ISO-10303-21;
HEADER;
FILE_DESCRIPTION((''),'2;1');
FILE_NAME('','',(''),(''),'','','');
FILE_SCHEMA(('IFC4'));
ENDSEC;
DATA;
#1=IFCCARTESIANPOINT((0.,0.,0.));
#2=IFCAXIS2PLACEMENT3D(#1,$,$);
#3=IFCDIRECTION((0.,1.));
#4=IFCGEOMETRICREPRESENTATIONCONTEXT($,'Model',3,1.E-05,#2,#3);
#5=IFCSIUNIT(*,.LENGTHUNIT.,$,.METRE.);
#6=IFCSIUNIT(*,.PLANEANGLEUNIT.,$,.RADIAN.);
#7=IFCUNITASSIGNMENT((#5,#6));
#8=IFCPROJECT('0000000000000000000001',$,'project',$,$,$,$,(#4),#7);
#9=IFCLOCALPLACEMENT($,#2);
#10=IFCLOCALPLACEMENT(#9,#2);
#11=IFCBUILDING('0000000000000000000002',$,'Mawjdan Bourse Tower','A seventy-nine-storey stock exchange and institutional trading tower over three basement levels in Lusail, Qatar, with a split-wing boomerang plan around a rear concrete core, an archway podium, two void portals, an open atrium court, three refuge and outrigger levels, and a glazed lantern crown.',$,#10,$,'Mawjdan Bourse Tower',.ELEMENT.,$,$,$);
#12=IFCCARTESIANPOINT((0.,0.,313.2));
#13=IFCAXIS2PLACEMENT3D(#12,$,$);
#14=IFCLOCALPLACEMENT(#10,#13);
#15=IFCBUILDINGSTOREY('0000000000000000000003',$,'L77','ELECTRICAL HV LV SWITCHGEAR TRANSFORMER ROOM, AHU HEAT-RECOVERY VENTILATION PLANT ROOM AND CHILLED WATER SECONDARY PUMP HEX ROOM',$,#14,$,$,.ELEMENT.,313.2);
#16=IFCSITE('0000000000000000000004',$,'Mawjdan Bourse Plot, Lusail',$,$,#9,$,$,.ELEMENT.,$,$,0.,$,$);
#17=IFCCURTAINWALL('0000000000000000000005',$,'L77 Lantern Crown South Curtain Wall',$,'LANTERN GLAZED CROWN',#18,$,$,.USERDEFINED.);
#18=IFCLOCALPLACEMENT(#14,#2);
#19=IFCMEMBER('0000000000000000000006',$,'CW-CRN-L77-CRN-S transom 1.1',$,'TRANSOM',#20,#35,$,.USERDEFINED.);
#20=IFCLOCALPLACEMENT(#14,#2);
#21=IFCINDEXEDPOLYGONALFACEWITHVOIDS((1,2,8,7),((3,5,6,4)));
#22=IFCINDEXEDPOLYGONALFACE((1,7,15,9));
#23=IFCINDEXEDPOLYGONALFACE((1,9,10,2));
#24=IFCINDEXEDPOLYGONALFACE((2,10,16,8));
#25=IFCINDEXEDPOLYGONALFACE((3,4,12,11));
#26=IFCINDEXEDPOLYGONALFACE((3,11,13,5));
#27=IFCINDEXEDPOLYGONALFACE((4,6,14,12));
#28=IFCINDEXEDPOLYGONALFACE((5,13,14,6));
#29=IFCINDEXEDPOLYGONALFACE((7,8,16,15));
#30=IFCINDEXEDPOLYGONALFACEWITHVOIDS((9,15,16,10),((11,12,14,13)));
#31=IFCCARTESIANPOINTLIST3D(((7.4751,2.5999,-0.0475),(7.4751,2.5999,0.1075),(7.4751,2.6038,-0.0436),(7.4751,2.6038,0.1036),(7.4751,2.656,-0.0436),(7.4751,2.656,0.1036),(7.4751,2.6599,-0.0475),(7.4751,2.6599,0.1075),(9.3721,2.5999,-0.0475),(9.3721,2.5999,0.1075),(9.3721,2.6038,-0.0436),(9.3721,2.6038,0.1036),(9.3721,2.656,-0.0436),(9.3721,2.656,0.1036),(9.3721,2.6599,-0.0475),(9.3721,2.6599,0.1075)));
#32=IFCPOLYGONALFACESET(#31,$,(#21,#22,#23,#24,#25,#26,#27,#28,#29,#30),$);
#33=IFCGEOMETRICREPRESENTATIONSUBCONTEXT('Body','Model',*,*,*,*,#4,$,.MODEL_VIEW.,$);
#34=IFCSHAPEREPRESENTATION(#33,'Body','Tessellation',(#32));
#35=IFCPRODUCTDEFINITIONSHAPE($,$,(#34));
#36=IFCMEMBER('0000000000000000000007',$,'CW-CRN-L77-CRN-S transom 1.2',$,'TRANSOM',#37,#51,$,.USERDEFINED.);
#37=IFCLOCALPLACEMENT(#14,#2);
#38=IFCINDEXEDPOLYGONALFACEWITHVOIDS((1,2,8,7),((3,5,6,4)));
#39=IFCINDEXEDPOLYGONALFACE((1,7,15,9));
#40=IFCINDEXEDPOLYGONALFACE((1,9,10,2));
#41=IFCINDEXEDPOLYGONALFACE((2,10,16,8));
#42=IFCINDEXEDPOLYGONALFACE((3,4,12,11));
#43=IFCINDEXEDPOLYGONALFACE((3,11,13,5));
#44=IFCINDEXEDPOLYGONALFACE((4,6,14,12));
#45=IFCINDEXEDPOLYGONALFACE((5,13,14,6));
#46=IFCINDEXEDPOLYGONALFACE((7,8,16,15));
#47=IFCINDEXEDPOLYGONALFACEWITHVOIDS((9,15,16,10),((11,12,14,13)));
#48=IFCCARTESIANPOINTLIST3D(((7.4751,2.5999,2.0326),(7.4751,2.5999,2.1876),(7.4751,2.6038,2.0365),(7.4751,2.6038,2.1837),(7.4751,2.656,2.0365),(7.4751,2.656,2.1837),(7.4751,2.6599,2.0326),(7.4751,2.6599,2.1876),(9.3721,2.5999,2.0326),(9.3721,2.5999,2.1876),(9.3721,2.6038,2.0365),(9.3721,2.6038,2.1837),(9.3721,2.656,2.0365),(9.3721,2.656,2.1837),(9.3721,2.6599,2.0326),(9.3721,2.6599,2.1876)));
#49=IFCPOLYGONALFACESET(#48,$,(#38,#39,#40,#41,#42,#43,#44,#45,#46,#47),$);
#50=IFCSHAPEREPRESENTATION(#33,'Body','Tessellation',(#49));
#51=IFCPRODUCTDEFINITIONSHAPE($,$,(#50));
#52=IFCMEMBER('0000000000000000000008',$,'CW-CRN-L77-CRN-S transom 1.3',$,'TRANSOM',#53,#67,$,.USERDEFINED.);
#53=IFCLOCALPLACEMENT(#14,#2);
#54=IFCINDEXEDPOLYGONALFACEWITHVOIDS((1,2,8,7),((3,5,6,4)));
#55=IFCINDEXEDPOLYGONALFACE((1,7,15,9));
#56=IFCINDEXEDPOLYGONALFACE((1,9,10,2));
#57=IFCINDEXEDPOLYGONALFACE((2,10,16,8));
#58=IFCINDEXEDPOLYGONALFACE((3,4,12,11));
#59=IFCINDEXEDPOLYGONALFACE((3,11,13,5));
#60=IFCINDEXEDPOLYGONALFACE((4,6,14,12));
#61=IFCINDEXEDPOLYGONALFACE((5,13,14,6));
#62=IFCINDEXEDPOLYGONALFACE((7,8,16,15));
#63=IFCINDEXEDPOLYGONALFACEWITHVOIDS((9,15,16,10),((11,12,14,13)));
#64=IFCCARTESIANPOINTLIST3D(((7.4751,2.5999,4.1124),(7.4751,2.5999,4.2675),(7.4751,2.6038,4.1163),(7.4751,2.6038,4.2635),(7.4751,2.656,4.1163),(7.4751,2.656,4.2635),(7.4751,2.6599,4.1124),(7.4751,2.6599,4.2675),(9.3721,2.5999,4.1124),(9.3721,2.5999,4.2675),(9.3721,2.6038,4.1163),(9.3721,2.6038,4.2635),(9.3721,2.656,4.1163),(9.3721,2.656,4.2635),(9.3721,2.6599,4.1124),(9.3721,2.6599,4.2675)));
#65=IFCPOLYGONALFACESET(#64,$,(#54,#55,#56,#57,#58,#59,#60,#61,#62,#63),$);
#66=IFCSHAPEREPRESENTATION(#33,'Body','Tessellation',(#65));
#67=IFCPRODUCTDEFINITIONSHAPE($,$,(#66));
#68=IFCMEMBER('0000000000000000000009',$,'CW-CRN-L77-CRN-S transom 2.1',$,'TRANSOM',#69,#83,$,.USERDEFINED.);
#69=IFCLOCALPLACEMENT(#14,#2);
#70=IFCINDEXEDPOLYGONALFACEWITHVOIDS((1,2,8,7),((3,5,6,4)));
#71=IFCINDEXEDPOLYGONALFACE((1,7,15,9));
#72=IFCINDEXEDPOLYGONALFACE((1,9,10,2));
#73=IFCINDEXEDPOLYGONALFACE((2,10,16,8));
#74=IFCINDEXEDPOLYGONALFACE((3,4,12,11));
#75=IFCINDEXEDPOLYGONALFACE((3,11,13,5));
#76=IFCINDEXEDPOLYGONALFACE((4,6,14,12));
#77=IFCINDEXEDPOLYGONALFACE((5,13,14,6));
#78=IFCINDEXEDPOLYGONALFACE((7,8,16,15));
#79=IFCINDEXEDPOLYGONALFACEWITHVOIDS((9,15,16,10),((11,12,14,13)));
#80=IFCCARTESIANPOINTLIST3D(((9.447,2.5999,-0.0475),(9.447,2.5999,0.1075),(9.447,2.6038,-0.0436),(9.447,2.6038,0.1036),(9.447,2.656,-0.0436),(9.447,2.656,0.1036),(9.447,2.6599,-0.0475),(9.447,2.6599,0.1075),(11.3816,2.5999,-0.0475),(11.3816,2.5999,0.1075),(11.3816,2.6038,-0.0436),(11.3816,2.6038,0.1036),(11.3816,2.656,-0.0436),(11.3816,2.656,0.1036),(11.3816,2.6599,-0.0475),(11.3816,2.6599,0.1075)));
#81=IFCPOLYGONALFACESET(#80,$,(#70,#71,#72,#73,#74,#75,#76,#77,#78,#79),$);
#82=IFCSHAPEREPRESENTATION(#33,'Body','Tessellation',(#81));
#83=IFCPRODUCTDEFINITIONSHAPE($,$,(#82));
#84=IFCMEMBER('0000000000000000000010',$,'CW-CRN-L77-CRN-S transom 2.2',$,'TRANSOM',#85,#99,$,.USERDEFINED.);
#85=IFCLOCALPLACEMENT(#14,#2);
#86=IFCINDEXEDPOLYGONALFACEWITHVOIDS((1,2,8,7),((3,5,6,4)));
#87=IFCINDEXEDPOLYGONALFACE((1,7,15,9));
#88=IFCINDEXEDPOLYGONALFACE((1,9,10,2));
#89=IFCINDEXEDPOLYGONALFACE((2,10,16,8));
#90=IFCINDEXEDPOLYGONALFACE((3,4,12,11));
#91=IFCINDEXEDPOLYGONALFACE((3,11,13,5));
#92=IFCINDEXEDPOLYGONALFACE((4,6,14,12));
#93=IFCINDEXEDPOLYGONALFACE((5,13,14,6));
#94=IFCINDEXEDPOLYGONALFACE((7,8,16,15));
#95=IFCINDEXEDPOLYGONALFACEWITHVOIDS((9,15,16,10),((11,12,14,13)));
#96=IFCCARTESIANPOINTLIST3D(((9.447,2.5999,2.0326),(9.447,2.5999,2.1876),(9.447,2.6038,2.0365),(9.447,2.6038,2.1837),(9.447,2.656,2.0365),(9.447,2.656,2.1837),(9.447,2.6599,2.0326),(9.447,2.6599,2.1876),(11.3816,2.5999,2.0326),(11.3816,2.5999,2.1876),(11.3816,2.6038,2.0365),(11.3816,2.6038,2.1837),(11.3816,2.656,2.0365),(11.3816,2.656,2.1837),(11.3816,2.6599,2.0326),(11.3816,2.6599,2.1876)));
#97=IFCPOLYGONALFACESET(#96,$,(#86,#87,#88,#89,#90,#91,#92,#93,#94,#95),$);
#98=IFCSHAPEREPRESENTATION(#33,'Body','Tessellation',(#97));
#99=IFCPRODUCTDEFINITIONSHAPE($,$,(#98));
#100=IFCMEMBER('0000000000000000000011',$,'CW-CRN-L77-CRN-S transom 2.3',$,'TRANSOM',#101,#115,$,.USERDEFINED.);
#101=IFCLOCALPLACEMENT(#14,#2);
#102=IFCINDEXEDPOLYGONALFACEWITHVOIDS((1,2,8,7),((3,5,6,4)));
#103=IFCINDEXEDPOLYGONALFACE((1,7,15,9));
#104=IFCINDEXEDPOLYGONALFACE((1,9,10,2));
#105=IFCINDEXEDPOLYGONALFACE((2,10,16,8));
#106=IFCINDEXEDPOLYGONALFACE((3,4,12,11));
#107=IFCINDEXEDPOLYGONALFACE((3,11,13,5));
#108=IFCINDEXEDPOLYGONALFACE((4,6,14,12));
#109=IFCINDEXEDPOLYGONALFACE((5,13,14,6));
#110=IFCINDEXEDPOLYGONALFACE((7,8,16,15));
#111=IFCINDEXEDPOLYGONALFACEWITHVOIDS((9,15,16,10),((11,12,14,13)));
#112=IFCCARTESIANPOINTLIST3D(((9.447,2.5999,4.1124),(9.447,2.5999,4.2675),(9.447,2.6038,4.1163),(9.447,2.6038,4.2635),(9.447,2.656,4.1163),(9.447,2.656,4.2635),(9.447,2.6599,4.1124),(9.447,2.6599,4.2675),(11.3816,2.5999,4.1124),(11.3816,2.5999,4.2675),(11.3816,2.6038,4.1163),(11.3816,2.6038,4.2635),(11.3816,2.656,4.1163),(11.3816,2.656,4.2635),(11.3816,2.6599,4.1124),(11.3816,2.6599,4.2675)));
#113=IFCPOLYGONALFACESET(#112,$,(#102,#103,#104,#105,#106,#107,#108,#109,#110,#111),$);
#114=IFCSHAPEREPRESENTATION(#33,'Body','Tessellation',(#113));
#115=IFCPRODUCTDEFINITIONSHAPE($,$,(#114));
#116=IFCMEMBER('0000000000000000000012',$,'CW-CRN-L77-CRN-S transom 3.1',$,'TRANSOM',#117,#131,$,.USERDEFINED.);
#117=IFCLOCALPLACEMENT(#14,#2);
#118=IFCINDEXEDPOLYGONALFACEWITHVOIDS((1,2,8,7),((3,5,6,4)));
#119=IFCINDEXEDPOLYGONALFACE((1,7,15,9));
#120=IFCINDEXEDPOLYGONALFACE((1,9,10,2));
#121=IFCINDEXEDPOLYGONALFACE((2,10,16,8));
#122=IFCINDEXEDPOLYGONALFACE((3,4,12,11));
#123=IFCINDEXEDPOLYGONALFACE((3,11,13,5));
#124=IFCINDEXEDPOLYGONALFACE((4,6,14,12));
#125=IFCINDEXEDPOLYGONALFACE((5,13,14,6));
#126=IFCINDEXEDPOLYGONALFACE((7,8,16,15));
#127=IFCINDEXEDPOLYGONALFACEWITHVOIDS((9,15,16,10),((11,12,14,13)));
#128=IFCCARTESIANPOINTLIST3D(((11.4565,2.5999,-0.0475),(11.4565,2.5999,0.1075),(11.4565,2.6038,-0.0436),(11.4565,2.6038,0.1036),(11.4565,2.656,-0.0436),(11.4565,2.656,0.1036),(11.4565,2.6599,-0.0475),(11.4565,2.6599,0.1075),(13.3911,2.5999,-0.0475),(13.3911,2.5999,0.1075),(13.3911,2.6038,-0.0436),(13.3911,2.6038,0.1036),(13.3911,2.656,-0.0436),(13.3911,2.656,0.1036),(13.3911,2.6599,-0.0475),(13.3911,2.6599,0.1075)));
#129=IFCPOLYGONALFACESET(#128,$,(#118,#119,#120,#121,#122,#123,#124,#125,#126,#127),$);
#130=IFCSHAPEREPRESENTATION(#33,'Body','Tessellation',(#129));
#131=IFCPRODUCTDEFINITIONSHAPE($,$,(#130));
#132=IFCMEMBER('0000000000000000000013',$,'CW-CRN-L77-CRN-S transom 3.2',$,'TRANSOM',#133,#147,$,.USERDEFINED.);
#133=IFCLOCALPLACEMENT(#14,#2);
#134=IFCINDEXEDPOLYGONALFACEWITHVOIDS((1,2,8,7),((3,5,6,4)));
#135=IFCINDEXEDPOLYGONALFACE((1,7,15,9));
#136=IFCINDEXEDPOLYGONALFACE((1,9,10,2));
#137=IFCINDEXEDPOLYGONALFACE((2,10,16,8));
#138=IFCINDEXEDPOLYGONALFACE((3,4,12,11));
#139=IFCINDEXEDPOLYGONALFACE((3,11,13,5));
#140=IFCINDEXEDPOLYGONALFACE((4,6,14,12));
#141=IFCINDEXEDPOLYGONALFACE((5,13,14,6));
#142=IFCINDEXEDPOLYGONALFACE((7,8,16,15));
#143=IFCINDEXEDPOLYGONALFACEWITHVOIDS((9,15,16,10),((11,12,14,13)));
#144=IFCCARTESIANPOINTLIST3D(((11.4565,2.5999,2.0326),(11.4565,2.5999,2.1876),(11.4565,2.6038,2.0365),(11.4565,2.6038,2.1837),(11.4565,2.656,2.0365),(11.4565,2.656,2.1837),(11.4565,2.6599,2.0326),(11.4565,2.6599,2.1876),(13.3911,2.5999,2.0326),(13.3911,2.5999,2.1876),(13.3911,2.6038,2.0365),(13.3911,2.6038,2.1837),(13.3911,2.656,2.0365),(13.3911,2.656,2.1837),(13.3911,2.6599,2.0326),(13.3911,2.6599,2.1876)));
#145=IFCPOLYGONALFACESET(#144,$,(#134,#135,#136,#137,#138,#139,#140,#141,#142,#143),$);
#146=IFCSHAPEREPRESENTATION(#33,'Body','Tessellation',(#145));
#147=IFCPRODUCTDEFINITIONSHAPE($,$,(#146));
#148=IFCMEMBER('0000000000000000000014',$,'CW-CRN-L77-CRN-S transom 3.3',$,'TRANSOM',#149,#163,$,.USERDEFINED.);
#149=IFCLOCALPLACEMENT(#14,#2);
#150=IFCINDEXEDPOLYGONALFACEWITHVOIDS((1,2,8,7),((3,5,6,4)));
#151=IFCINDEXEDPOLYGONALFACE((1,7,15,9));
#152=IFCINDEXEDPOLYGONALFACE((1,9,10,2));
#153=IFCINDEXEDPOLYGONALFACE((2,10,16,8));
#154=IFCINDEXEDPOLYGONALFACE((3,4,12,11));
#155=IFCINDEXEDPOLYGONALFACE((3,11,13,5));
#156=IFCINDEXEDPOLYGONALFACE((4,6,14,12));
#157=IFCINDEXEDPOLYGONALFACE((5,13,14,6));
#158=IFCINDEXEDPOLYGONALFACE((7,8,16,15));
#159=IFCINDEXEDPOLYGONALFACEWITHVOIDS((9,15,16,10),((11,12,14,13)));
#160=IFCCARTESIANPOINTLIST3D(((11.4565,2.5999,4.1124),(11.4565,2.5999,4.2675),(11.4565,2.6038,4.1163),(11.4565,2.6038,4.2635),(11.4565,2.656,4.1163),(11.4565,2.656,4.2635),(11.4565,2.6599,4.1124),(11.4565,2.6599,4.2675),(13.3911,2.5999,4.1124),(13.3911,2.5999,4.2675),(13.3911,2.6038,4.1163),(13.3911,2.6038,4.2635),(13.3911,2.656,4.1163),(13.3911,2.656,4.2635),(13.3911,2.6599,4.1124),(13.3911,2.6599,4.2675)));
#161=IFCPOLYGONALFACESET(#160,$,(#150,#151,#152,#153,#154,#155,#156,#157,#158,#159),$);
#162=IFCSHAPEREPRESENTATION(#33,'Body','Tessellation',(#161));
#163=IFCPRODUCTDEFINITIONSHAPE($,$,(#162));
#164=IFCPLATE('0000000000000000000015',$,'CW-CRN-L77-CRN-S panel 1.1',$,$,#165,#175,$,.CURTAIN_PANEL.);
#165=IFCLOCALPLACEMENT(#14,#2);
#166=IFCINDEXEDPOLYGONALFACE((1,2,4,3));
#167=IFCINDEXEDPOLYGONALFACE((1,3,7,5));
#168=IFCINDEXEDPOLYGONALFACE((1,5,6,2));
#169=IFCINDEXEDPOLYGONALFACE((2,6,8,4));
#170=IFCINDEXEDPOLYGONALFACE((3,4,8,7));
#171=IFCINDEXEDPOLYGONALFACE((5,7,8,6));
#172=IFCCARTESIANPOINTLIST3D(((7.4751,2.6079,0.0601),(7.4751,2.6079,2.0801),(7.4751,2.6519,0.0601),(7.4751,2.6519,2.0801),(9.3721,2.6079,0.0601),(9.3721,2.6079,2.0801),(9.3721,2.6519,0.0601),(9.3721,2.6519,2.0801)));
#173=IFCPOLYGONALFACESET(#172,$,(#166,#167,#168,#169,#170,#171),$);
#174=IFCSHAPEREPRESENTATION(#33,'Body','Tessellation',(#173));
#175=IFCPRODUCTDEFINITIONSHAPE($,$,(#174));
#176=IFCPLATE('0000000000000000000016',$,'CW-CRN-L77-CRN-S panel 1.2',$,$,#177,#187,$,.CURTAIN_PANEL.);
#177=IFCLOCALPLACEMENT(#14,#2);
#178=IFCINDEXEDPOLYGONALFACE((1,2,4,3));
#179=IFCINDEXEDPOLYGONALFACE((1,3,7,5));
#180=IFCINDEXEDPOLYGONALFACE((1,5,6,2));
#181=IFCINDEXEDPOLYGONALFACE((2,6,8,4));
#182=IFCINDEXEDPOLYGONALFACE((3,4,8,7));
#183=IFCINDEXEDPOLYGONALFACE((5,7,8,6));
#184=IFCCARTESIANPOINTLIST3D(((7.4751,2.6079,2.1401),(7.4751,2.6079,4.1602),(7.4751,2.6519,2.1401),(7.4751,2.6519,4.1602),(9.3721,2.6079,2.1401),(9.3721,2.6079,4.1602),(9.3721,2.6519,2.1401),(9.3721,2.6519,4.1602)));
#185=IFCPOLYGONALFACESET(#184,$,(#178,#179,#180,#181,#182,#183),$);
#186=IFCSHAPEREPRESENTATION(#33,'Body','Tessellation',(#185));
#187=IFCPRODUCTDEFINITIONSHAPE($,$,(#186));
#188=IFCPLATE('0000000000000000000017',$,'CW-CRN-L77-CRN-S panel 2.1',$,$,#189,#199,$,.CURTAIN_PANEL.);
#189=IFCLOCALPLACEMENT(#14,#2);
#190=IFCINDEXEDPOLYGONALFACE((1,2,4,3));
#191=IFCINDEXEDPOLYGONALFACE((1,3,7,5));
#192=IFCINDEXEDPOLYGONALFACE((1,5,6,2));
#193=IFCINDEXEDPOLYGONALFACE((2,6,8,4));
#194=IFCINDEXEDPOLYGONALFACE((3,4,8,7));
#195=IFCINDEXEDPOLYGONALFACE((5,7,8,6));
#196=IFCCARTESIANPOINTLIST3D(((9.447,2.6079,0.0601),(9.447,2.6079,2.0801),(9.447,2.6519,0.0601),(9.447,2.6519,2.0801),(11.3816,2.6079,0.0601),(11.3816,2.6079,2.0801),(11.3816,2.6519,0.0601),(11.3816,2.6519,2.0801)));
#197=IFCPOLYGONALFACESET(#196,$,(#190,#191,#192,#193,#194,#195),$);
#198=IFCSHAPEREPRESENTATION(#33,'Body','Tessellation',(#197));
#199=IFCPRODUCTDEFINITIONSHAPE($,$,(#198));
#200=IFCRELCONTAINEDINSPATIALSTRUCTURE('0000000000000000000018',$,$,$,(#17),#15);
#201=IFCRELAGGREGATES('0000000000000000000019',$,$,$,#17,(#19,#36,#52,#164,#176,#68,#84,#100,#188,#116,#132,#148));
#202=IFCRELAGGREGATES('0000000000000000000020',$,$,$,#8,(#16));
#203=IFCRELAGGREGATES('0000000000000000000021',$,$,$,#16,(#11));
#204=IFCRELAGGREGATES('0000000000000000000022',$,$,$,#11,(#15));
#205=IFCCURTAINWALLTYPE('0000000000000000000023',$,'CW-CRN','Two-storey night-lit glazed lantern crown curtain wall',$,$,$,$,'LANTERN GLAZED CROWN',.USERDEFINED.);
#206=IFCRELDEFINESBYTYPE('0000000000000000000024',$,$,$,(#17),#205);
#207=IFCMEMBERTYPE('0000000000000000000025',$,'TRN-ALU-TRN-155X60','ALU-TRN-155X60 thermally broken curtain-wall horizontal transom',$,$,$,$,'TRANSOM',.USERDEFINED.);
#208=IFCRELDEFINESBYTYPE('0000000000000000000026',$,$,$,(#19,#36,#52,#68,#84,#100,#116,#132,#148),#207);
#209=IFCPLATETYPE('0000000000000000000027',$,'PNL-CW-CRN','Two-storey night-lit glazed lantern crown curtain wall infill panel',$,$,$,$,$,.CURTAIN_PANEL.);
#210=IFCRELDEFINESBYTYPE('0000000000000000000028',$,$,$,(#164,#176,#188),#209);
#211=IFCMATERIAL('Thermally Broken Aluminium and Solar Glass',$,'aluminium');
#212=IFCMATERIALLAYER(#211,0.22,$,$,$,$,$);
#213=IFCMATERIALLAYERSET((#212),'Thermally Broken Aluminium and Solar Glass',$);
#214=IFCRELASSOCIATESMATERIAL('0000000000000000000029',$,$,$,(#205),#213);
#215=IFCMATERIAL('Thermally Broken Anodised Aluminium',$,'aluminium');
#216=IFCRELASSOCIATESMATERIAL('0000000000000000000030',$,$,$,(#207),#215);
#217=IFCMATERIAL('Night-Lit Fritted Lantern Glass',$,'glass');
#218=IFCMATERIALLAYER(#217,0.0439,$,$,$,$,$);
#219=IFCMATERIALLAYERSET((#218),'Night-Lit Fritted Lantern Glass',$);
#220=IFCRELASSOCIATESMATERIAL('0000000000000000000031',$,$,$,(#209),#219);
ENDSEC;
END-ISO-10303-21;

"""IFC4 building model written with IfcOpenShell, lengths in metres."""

from ifc_helpers import new_model, si_unit, direction, frame, origin, origin_2d, place, context, subcontext, project, spatial, rectangle, hollow_rectangle, extrude, material, layer, layer_set, material_profile, profile_set, type_object, element, aggregate, save


model = new_model("IFC4")

# Units and contexts
model_context = context("Model", 3, precision=1e-05, world=origin(), true_north=direction((0.0, 1.0)))
body_context = subcontext(model_context, "Body", "Model", "MODEL_VIEW")
ifc_project = project(units=[si_unit("LENGTHUNIT", "METRE"), si_unit("PLANEANGLEUNIT", "RADIAN")], contexts=[model_context])

# Site, building, storey
site_placement = place(None, origin())
site = spatial("IfcSite", under=ifc_project, at=site_placement, Name="Mawjdan Bourse Plot, Lusail", CompositionType="ELEMENT", RefElevation=0.0)
building_placement = place(site_placement, origin())
building = spatial("IfcBuilding", under=site, at=building_placement, Name="Mawjdan Bourse Tower", Description="A seventy-nine-storey stock exchange and institutional trading tower over three basement levels in Lusail, Qatar, with a split-wing boomerang plan around a rear concrete core, an archway podium, two void portals, an open atrium court, three refuge and outrigger levels, and a glazed lantern crown.", LongName="Mawjdan Bourse Tower", CompositionType="ELEMENT")
storey_placement = place(building_placement, frame((0.0, 0.0, 313.2)))
storey = spatial("IfcBuildingStorey", under=building, at=storey_placement, Name="L77", Description="ELECTRICAL HV LV SWITCHGEAR TRANSFORMER ROOM, AHU HEAT-RECOVERY VENTILATION PLANT ROOM AND CHILLED WATER SECONDARY PUMP HEX ROOM", CompositionType="ELEMENT", Elevation=313.2)

# Curtain wall, members, plates
ifc_material_1 = material(Name="Thermally Broken Aluminium and Solar Glass", Category="aluminium")
ifc_layer_1 = layer(ifc_material_1, 0.22)
ifc_layer_set_1 = layer_set([ifc_layer_1], Name="Thermally Broken Aluminium and Solar Glass")
curtain_wall_type = type_object("IfcCurtainWallType", Name="CW-CRN", Description="Two-storey night-lit glazed lantern crown curtain wall", ElementType="LANTERN GLAZED CROWN", PredefinedType="USERDEFINED", material=ifc_layer_set_1)
curtain_wall_placement = place(storey_placement, origin())
curtain_wall = element("IfcCurtainWall", 1, at=curtain_wall_placement, inside=storey, type_object=curtain_wall_type, Name="L77 Lantern Crown South Curtain Wall", ObjectType="LANTERN GLAZED CROWN", PredefinedType="USERDEFINED")
ifc_material_2 = material(Name="Thermally Broken Anodised Aluminium", Category="aluminium")
ifc_material_profile_1 = material_profile(ifc_material_2, hollow_rectangle(XDim=0.0601, YDim=0.155, WallThickness=0.0039, at=origin_2d()), Name="ALU-TRN-155X60")
ifc_profile_set_1 = profile_set([ifc_material_profile_1], Name="Thermally Broken Anodised Aluminium")
member_type_1 = type_object("IfcMemberType", Name="TRN-ALU-TRN-155X60", Description="ALU-TRN-155X60 thermally broken curtain-wall horizontal transom", ElementType="TRANSOM", PredefinedType="USERDEFINED", material=ifc_profile_set_1)
member_1_placement = place(storey_placement, frame((7.4751, 2.6299, 0.03), z_axis=(1.0, 0.0, 0.0), x_axis=(0.0, 1.0, 0.0)))
member_1 = element("IfcMember", 2, at=member_1_placement, type_object=member_type_1, Name="CW-CRN-L77-CRN-S transom 1.1", ObjectType="TRANSOM", PredefinedType="USERDEFINED", context=body_context, shape_type="SweptSolid", body=[
    extrude(hollow_rectangle(XDim=0.0601, YDim=0.155, WallThickness=0.0039, at=origin_2d()), origin(), (0.0, 0.0, 1.0), 1.897),
])
member_2_placement = place(storey_placement, frame((7.4751, 2.6299, 2.1101), z_axis=(1.0, 0.0, 0.0), x_axis=(0.0, 1.0, 0.0)))
member_2 = element("IfcMember", 3, at=member_2_placement, type_object=member_type_1, Name="CW-CRN-L77-CRN-S transom 1.2", ObjectType="TRANSOM", PredefinedType="USERDEFINED", context=body_context, shape_type="SweptSolid", body=[
    extrude(hollow_rectangle(XDim=0.0601, YDim=0.155, WallThickness=0.0039, at=origin_2d()), origin(), (0.0, 0.0, 1.0), 1.897),
])
member_3_placement = place(storey_placement, frame((7.4751, 2.6299, 4.1899), z_axis=(1.0, 0.0, 0.0), x_axis=(0.0, 1.0, 0.0)))
member_3 = element("IfcMember", 4, at=member_3_placement, type_object=member_type_1, Name="CW-CRN-L77-CRN-S transom 1.3", ObjectType="TRANSOM", PredefinedType="USERDEFINED", context=body_context, shape_type="SweptSolid", body=[
    extrude(hollow_rectangle(XDim=0.0601, YDim=0.155, WallThickness=0.0039, at=origin_2d()), origin(), (0.0, 0.0, 1.0), 1.897),
])
member_4_placement = place(storey_placement, frame((9.447, 2.6299, 0.03), z_axis=(1.0, 0.0, 0.0), x_axis=(0.0, 1.0, 0.0)))
member_4 = element("IfcMember", 5, at=member_4_placement, type_object=member_type_1, Name="CW-CRN-L77-CRN-S transom 2.1", ObjectType="TRANSOM", PredefinedType="USERDEFINED", context=body_context, shape_type="SweptSolid", body=[
    extrude(hollow_rectangle(XDim=0.0601, YDim=0.155, WallThickness=0.0039, at=origin_2d()), origin(), (0.0, 0.0, 1.0), 1.9346),
])
member_5_placement = place(storey_placement, frame((9.447, 2.6299, 2.1101), z_axis=(1.0, 0.0, 0.0), x_axis=(0.0, 1.0, 0.0)))
member_5 = element("IfcMember", 6, at=member_5_placement, type_object=member_type_1, Name="CW-CRN-L77-CRN-S transom 2.2", ObjectType="TRANSOM", PredefinedType="USERDEFINED", context=body_context, shape_type="SweptSolid", body=[
    extrude(hollow_rectangle(XDim=0.0601, YDim=0.155, WallThickness=0.0039, at=origin_2d()), origin(), (0.0, 0.0, 1.0), 1.9346),
])
member_6_placement = place(storey_placement, frame((9.447, 2.6299, 4.1899), z_axis=(1.0, 0.0, 0.0), x_axis=(0.0, 1.0, 0.0)))
member_6 = element("IfcMember", 7, at=member_6_placement, type_object=member_type_1, Name="CW-CRN-L77-CRN-S transom 2.3", ObjectType="TRANSOM", PredefinedType="USERDEFINED", context=body_context, shape_type="SweptSolid", body=[
    extrude(hollow_rectangle(XDim=0.0601, YDim=0.155, WallThickness=0.0039, at=origin_2d()), origin(), (0.0, 0.0, 1.0), 1.9346),
])
member_7_placement = place(storey_placement, frame((11.4565, 2.6299, 0.03), z_axis=(1.0, 0.0, 0.0), x_axis=(0.0, 1.0, 0.0)))
member_7 = element("IfcMember", 8, at=member_7_placement, type_object=member_type_1, Name="CW-CRN-L77-CRN-S transom 3.1", ObjectType="TRANSOM", PredefinedType="USERDEFINED", context=body_context, shape_type="SweptSolid", body=[
    extrude(hollow_rectangle(XDim=0.0601, YDim=0.155, WallThickness=0.0039, at=origin_2d()), origin(), (0.0, 0.0, 1.0), 1.9346),
])
member_8_placement = place(storey_placement, frame((11.4565, 2.6299, 2.1101), z_axis=(1.0, 0.0, 0.0), x_axis=(0.0, 1.0, 0.0)))
member_8 = element("IfcMember", 9, at=member_8_placement, type_object=member_type_1, Name="CW-CRN-L77-CRN-S transom 3.2", ObjectType="TRANSOM", PredefinedType="USERDEFINED", context=body_context, shape_type="SweptSolid", body=[
    extrude(hollow_rectangle(XDim=0.0601, YDim=0.155, WallThickness=0.0039, at=origin_2d()), origin(), (0.0, 0.0, 1.0), 1.9346),
])
member_9_placement = place(storey_placement, frame((11.4565, 2.6299, 4.1899), z_axis=(1.0, 0.0, 0.0), x_axis=(0.0, 1.0, 0.0)))
member_9 = element("IfcMember", 10, at=member_9_placement, type_object=member_type_1, Name="CW-CRN-L77-CRN-S transom 3.3", ObjectType="TRANSOM", PredefinedType="USERDEFINED", context=body_context, shape_type="SweptSolid", body=[
    extrude(hollow_rectangle(XDim=0.0601, YDim=0.155, WallThickness=0.0039, at=origin_2d()), origin(), (0.0, 0.0, 1.0), 1.9346),
])
ifc_material_3 = material(Name="Night-Lit Fritted Lantern Glass", Category="glass")
ifc_layer_2 = layer(ifc_material_3, 0.0439)
ifc_layer_set_2 = layer_set([ifc_layer_2], Name="Night-Lit Fritted Lantern Glass")
plate_type = type_object("IfcPlateType", Name="PNL-CW-CRN", Description="Two-storey night-lit glazed lantern crown curtain wall infill panel", PredefinedType="CURTAIN_PANEL", material=ifc_layer_set_2)
plate_1_placement = place(storey_placement, frame((8.4236, 2.6299, 0.0601), z_axis=(0.0, 0.0, 1.0), x_axis=(1.0, 0.0, 0.0)))
plate_1 = element("IfcPlate", 11, at=plate_1_placement, type_object=plate_type, Name="CW-CRN-L77-CRN-S panel 1.1", PredefinedType="CURTAIN_PANEL", context=body_context, shape_type="SweptSolid", body=[
    extrude(rectangle(XDim=1.897, YDim=0.0439, at=origin_2d()), origin(), (0.0, 0.0, 1.0), 2.02),
])
plate_2_placement = place(storey_placement, frame((8.4236, 2.6299, 2.1401), z_axis=(0.0, 0.0, 1.0), x_axis=(1.0, 0.0, 0.0)))
plate_2 = element("IfcPlate", 12, at=plate_2_placement, type_object=plate_type, Name="CW-CRN-L77-CRN-S panel 1.2", PredefinedType="CURTAIN_PANEL", context=body_context, shape_type="SweptSolid", body=[
    extrude(rectangle(XDim=1.897, YDim=0.0439, at=origin_2d()), origin(), (0.0, 0.0, 1.0), 2.02),
])
plate_3_placement = place(storey_placement, frame((10.4143, 2.6299, 0.0601), z_axis=(0.0, 0.0, 1.0), x_axis=(1.0, 0.0, 0.0)))
plate_3 = element("IfcPlate", 13, at=plate_3_placement, type_object=plate_type, Name="CW-CRN-L77-CRN-S panel 2.1", PredefinedType="CURTAIN_PANEL", context=body_context, shape_type="SweptSolid", body=[
    extrude(rectangle(XDim=1.9346, YDim=0.0439, at=origin_2d()), origin(), (0.0, 0.0, 1.0), 2.02),
])
aggregate(curtain_wall, [member_1, member_2, member_3, plate_1, plate_2, member_4, member_5, member_6, plate_3, member_7, member_8, member_9])

save(model, "model.ifc")
